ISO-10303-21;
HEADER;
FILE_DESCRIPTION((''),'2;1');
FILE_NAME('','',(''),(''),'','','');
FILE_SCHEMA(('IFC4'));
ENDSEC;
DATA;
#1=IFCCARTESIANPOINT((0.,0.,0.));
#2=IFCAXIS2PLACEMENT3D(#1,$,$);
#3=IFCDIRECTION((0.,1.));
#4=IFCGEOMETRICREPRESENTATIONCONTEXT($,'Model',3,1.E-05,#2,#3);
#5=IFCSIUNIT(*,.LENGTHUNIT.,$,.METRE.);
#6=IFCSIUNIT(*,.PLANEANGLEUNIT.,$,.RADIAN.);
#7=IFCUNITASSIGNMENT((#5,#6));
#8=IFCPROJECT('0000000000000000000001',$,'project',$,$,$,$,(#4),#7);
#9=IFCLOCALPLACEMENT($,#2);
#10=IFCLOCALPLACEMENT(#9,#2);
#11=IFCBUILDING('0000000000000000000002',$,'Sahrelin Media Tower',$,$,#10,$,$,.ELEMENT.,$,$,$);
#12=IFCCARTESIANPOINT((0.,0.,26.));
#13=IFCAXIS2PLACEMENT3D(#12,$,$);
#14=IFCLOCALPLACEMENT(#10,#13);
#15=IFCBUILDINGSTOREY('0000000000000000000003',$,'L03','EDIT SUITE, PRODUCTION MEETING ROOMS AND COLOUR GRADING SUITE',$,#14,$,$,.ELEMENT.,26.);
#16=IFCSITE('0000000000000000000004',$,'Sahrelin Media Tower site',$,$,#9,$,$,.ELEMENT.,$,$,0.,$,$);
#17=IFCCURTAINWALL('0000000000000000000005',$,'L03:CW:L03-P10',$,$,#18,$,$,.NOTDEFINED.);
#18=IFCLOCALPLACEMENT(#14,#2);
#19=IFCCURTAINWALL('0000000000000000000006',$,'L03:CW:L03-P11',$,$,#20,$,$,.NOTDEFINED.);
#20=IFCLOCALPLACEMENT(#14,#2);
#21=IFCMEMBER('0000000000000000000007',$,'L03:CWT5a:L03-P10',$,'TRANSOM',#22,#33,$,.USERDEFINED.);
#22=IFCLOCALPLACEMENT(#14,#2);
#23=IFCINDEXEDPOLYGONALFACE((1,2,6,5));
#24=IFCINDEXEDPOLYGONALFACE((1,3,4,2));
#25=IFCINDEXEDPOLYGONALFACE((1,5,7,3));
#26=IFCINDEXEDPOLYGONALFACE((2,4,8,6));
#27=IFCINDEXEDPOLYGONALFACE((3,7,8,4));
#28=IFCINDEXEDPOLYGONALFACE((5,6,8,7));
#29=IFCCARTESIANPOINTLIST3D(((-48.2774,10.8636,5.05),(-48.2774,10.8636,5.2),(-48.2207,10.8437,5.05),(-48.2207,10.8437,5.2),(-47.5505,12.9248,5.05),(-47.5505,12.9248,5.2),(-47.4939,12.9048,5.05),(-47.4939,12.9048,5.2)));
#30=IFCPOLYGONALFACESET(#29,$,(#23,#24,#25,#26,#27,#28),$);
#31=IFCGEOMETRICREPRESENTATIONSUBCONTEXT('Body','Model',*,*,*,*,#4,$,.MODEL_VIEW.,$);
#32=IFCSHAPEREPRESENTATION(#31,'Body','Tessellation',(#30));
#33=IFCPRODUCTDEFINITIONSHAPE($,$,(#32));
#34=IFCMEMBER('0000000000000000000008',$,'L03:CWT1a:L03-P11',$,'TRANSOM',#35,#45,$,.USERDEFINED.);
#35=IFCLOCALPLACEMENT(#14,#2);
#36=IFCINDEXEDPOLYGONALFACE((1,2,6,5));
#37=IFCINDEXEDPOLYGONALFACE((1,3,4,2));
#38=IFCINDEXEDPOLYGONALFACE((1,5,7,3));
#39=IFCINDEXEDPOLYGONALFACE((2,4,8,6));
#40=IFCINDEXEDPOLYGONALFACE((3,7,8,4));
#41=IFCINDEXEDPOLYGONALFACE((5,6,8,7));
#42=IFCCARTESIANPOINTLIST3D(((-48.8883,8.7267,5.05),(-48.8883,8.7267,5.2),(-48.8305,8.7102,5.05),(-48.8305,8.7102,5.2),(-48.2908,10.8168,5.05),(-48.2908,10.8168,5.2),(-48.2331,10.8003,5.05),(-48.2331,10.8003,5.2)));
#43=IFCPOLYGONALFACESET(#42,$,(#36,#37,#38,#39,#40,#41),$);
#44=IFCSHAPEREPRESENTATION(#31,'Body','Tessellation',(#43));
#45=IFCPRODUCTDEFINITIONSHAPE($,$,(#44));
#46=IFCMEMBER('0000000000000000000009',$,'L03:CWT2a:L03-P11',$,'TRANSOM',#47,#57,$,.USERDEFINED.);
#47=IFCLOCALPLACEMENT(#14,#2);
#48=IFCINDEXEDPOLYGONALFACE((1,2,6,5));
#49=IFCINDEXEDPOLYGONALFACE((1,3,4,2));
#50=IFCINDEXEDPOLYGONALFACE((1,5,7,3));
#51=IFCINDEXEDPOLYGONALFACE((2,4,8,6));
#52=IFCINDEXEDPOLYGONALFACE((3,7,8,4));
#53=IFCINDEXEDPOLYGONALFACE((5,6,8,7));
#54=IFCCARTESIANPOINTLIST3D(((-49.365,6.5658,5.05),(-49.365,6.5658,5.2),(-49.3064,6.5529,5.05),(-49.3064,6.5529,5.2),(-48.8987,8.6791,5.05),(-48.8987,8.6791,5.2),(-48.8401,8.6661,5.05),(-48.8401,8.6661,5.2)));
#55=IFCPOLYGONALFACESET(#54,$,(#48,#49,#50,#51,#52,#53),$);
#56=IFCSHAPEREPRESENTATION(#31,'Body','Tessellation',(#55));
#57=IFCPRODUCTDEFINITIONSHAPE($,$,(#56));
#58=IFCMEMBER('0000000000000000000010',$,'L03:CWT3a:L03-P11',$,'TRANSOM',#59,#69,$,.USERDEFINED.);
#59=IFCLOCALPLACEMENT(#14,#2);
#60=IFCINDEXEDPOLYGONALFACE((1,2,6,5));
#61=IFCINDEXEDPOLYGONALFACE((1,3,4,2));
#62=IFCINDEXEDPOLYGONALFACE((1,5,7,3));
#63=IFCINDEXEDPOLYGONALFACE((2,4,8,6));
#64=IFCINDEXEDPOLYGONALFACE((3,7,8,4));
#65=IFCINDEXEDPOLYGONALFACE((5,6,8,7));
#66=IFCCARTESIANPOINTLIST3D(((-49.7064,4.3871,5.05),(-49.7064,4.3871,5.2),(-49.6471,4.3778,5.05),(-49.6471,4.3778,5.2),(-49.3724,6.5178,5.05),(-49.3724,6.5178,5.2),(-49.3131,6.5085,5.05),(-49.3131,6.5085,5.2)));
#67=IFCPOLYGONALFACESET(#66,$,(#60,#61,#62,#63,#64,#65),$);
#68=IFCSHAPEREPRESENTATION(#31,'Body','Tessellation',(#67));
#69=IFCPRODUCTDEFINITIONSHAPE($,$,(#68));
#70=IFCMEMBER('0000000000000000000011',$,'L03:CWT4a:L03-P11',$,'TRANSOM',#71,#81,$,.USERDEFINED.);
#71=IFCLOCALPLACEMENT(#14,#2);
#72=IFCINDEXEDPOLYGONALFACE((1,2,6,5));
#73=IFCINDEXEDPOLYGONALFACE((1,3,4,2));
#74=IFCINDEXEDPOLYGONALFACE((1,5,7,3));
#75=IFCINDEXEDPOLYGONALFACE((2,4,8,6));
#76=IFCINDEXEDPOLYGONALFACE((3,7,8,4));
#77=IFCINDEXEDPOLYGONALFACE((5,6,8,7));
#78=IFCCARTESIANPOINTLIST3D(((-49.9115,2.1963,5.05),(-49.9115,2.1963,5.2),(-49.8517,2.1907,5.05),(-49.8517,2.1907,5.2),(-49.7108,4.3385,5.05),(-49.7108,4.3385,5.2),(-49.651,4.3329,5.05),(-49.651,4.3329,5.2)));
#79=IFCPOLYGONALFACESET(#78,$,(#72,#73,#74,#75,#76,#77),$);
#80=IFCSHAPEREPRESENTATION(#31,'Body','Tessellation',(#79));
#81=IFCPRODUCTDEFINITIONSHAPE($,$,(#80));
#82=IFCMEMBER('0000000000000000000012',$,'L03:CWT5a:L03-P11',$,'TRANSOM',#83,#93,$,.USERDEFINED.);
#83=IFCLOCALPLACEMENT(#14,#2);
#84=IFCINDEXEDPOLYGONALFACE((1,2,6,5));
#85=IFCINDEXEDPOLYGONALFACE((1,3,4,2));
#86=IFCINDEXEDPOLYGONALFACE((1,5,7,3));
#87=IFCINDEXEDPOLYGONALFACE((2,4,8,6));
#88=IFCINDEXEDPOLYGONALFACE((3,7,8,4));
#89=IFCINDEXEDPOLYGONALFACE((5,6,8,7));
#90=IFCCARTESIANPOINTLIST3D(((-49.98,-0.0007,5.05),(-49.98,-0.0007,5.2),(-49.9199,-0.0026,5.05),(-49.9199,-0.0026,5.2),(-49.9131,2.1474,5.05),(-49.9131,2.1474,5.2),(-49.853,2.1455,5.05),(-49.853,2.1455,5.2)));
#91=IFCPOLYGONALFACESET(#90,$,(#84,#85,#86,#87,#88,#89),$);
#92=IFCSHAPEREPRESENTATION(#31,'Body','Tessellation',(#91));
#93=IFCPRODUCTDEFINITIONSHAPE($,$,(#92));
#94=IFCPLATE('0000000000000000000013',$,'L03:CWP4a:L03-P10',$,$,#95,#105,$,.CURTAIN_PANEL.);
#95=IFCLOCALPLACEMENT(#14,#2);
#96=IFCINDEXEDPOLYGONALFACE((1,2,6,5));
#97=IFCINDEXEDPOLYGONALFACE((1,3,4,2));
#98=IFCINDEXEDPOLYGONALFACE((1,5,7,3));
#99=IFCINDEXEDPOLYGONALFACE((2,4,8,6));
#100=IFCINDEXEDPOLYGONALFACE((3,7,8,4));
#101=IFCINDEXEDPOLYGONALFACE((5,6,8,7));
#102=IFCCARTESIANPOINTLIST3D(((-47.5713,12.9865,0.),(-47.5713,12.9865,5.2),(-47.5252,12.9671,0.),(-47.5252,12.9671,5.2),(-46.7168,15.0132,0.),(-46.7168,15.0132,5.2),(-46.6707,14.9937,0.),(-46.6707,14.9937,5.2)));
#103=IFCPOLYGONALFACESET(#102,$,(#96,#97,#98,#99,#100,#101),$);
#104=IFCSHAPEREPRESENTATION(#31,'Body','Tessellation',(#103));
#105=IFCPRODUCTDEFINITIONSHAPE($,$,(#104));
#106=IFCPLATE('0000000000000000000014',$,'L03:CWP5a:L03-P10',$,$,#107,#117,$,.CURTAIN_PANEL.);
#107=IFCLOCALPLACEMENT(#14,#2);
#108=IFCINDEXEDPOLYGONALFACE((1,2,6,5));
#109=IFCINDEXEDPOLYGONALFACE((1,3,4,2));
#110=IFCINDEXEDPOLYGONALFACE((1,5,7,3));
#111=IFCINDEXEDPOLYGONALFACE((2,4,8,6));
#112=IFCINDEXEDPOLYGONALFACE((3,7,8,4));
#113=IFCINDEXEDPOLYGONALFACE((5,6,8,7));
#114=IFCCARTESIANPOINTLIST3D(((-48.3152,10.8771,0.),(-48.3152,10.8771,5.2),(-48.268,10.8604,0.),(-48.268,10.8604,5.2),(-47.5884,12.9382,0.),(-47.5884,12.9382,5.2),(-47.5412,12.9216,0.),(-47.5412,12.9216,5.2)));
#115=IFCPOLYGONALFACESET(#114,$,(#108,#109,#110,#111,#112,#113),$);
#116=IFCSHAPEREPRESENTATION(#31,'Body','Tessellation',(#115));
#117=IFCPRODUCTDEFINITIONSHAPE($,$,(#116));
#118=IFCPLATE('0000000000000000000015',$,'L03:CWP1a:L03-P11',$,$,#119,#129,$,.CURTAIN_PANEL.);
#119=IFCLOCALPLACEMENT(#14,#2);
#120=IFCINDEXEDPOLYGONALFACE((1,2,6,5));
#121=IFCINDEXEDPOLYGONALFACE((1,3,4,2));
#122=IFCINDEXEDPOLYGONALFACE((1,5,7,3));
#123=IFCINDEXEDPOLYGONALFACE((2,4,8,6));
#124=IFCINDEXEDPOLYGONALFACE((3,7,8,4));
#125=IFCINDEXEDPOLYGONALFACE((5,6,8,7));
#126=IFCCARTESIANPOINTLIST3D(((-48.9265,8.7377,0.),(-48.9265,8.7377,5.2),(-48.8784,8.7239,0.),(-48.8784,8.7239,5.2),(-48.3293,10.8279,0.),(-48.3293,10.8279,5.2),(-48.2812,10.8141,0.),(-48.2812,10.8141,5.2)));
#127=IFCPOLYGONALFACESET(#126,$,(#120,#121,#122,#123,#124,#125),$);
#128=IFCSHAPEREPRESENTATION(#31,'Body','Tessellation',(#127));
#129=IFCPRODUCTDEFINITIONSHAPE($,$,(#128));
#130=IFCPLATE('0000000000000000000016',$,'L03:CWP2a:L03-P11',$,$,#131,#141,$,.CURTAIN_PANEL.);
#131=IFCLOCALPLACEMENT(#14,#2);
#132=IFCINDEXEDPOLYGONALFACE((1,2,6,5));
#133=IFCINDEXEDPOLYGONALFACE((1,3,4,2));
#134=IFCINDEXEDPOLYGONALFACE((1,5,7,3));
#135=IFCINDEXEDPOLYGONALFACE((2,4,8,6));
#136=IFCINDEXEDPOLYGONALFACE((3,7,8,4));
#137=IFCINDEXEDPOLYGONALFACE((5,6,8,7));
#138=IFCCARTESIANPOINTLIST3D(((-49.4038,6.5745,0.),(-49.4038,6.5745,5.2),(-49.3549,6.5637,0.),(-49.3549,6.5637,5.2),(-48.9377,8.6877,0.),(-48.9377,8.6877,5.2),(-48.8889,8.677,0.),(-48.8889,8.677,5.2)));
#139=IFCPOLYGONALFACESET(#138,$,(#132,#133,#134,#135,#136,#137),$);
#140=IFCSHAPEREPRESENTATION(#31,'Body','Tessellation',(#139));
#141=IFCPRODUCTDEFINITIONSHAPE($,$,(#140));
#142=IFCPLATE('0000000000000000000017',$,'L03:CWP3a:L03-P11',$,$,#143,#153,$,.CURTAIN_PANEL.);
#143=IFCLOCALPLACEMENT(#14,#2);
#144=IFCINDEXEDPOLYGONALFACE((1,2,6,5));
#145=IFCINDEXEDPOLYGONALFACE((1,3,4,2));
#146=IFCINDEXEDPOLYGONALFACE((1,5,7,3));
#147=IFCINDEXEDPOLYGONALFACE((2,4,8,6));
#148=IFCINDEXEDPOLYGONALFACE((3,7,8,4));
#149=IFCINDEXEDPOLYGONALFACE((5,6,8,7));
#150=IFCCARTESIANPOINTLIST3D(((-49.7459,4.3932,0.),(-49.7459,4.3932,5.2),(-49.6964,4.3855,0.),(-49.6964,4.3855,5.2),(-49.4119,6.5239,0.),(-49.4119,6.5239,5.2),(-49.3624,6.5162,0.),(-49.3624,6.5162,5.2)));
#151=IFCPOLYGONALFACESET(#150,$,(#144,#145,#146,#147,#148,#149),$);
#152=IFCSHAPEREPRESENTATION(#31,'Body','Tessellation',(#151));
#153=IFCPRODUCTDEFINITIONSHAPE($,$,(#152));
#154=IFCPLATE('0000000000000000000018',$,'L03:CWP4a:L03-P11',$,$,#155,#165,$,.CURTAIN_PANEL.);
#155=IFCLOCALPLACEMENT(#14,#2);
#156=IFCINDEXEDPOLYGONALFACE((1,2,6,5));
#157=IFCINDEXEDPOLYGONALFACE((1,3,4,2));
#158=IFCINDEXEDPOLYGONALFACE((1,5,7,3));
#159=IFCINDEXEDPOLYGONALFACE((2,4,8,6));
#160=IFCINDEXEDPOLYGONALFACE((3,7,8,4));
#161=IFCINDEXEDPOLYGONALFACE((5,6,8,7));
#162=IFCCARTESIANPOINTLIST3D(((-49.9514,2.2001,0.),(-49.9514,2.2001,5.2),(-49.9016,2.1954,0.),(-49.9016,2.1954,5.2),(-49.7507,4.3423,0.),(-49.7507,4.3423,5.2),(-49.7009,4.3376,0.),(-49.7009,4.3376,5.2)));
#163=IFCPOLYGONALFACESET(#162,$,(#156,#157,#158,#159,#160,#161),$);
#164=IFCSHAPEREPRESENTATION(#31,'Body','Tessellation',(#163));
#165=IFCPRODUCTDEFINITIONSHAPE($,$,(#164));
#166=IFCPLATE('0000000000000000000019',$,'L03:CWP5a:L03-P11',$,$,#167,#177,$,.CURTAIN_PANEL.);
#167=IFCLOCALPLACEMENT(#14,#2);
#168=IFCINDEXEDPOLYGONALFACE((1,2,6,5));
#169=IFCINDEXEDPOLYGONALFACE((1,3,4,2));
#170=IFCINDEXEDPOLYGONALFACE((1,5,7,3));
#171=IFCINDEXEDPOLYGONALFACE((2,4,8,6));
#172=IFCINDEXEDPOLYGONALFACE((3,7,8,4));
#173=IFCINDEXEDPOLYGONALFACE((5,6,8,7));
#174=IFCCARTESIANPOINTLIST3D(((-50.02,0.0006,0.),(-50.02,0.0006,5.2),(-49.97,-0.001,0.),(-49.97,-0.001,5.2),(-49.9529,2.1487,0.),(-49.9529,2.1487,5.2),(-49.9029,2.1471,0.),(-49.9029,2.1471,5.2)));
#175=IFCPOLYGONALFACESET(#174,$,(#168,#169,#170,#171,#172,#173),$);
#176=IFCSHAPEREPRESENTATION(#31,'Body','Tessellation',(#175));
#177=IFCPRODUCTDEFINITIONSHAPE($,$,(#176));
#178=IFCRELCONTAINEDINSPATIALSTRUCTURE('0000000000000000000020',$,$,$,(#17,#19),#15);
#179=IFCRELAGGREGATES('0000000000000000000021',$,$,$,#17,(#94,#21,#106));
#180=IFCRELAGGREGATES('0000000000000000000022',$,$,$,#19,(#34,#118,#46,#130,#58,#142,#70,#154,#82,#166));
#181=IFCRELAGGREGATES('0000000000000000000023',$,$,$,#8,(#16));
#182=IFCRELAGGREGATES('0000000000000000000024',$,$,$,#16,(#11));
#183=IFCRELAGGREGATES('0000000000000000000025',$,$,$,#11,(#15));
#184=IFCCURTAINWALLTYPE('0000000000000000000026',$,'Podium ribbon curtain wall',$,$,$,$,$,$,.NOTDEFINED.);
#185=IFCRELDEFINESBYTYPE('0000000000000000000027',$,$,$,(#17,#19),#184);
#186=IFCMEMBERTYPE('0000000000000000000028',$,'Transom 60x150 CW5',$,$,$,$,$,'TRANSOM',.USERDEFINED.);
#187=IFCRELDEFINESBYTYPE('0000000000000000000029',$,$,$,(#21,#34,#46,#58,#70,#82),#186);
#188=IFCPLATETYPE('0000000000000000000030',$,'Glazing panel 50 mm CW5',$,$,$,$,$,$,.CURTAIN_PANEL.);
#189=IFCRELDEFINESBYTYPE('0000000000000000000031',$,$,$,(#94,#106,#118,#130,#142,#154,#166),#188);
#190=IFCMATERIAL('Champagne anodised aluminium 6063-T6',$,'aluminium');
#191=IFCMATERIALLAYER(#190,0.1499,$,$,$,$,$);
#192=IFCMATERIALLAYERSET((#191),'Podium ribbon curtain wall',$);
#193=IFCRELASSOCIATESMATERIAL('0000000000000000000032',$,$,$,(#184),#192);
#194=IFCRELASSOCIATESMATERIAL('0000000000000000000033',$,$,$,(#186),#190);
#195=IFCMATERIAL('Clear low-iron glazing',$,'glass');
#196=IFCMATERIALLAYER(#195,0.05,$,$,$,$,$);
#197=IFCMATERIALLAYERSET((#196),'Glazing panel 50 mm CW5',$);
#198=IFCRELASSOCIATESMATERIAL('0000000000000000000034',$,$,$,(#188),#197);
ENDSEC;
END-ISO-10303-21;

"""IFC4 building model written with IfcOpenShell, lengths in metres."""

from ifc_helpers import new_model, si_unit, direction, frame, origin, origin_2d, place, context, subcontext, project, spatial, polyline, rectangle, outline, extrude, material, layer, layer_set, material_profile, profile_set, type_object, element, aggregate, save


model = new_model("IFC4")

# Units and contexts
model_context = context("Model", 3, precision=1e-05, world=origin(), true_north=direction((0.0, 1.0)))
body_context = subcontext(model_context, "Body", "Model", "MODEL_VIEW")
ifc_project = project(units=[si_unit("LENGTHUNIT", "METRE"), si_unit("PLANEANGLEUNIT", "RADIAN")], contexts=[model_context])

# Site, building, storey
site_placement = place(None, origin())
site = spatial("IfcSite", under=ifc_project, at=site_placement, Name="Sahrelin Media Tower site", CompositionType="ELEMENT", RefElevation=0.0)
building_placement = place(site_placement, origin())
building = spatial("IfcBuilding", under=site, at=building_placement, Name="Sahrelin Media Tower", CompositionType="ELEMENT")
storey_placement = place(building_placement, frame((0.0, 0.0, 26.0)))
storey = spatial("IfcBuildingStorey", under=building, at=storey_placement, Name="L03", Description="EDIT SUITE, PRODUCTION MEETING ROOMS AND COLOUR GRADING SUITE", CompositionType="ELEMENT", Elevation=26.0)

# Curtain walls
ifc_material_1 = material(Name="Champagne anodised aluminium 6063-T6", Category="aluminium")
ifc_layer_1 = layer(ifc_material_1, 0.1499)
ifc_layer_set_1 = layer_set([ifc_layer_1], Name="Podium ribbon curtain wall")
curtain_wall_type = type_object("IfcCurtainWallType", Name="Podium ribbon curtain wall", PredefinedType="NOTDEFINED", material=ifc_layer_set_1)
curtain_wall_1_placement = place(storey_placement, frame((-43.3013, 21.0, 0.0), z_axis=(0.0, 0.0, 1.0), x_axis=(1.0, 0.0, 0.0)))
curtain_wall_1 = element("IfcCurtainWall", 1, at=curtain_wall_1_placement, inside=storey, type_object=curtain_wall_type, Name="L03:CW:L03-P10", PredefinedType="NOTDEFINED")
curtain_wall_2_placement = place(storey_placement, frame((-48.2964, 10.8704, 0.0), z_axis=(0.0, 0.0, 1.0), x_axis=(1.0, 0.0, 0.0)))
curtain_wall_2 = element("IfcCurtainWall", 2, at=curtain_wall_2_placement, inside=storey, type_object=curtain_wall_type, Name="L03:CW:L03-P11", PredefinedType="NOTDEFINED")

# Members
ifc_material_profile_1 = material_profile(ifc_material_1, rectangle(XDim=0.0601, YDim=0.1499, at=origin_2d()), Name="Transom 60x150")
ifc_profile_set_1 = profile_set([ifc_material_profile_1], Name="Champagne anodised aluminium 6063-T6")
member_type_1 = type_object("IfcMemberType", Name="Transom 60x150 CW5", ElementType="TRANSOM", PredefinedType="USERDEFINED", material=ifc_profile_set_1)
member_1_placement = place(storey_placement, frame((-47.5222, 12.9148, 5.125), z_axis=(-0.332569, -0.943079, 0.0), x_axis=(0.943079, -0.332569, 0.0)))
member_1 = element("IfcMember", 3, at=member_1_placement, type_object=member_type_1, Name="L03:CWT5a:L03-P10", ObjectType="TRANSOM", PredefinedType="USERDEFINED", context=body_context, shape_type="SweptSolid", body=[
    extrude(rectangle(XDim=0.0601, YDim=0.1499, at=origin_2d()), origin(), (0.0, 0.0, 1.0), 2.1855),
])
member_2_placement = place(storey_placement, frame((-48.262, 10.8086, 5.125), z_axis=(-0.274825, -0.961494, 0.0), x_axis=(0.961494, -0.274825, 0.0)))
member_2 = element("IfcMember", 4, at=member_2_placement, type_object=member_type_1, Name="L03:CWT1a:L03-P11", ObjectType="TRANSOM", PredefinedType="USERDEFINED", context=body_context, shape_type="SweptSolid", body=[
    extrude(rectangle(XDim=0.0601, YDim=0.1499, at=origin_2d()), origin(), (0.0, 0.0, 1.0), 2.1738),
])
member_3_placement = place(storey_placement, frame((-48.8694, 8.6726, 5.125), z_axis=(-0.215473, -0.97651, 0.0), x_axis=(0.97651, -0.215473, 0.0)))
member_3 = element("IfcMember", 5, at=member_3_placement, type_object=member_type_1, Name="L03:CWT2a:L03-P11", ObjectType="TRANSOM", PredefinedType="USERDEFINED", context=body_context, shape_type="SweptSolid", body=[
    extrude(rectangle(XDim=0.0601, YDim=0.1499, at=origin_2d()), origin(), (0.0, 0.0, 1.0), 2.1641),
])
member_4_placement = place(storey_placement, frame((-49.3428, 6.5132, 5.125), z_axis=(-0.154864, -0.987936, 0.0), x_axis=(0.987936, -0.154864, 0.0)))
member_4 = element("IfcMember", 6, at=member_4_placement, type_object=member_type_1, Name="L03:CWT3a:L03-P11", ObjectType="TRANSOM", PredefinedType="USERDEFINED", context=body_context, shape_type="SweptSolid", body=[
    extrude(rectangle(XDim=0.0601, YDim=0.1499, at=origin_2d()), origin(), (0.0, 0.0, 1.0), 2.1567),
])
member_5_placement = place(storey_placement, frame((-49.6809, 4.3357, 5.125), z_axis=(-0.093267, -0.995641, 0.0), x_axis=(0.995641, -0.093267, 0.0)))
member_5 = element("IfcMember", 7, at=member_5_placement, type_object=member_type_1, Name="L03:CWT4a:L03-P11", ObjectType="TRANSOM", PredefinedType="USERDEFINED", context=body_context, shape_type="SweptSolid", body=[
    extrude(rectangle(XDim=0.0601, YDim=0.1499, at=origin_2d()), origin(), (0.0, 0.0, 1.0), 2.1516),
])
member_6_placement = place(storey_placement, frame((-49.8831, 2.1465, 5.125), z_axis=(-0.031125, -0.999516, 0.0), x_axis=(0.999516, -0.031125, 0.0)))
member_6 = element("IfcMember", 8, at=member_6_placement, type_object=member_type_1, Name="L03:CWT5a:L03-P11", ObjectType="TRANSOM", PredefinedType="USERDEFINED", context=body_context, shape_type="SweptSolid", body=[
    extrude(rectangle(XDim=0.0601, YDim=0.1499, at=origin_2d()), origin(), (0.0, 0.0, 1.0), 2.1492),
])

# Plates
ifc_material_2 = material(Name="Clear low-iron glazing", Category="glass")
ifc_layer_2 = layer(ifc_material_2, 0.05)
ifc_layer_set_2 = layer_set([ifc_layer_2], Name="Glazing panel 50 mm CW5")
plate_type = type_object("IfcPlateType", Name="Glazing panel 50 mm CW5", PredefinedType="CURTAIN_PANEL", material=ifc_layer_set_2)
plate_1_placement = place(storey_placement, frame((-46.7168, 15.0132, 0.0), z_axis=(-0.921443, 0.388514, 0.0), x_axis=(-0.388514, -0.921443, 0.0)))
plate_1 = element("IfcPlate", 9, at=plate_1_placement, type_object=plate_type, Name="L03:CWP4a:L03-P10", PredefinedType="CURTAIN_PANEL", context=body_context, shape_type="SweptSolid", body=[
    extrude(outline(polyline([(0.0, 0.0), (2.1995, 0.0), (2.1995, 5.2), (0.0, 5.2), (0.0, 0.0)])), origin(), (0.0, 0.0, -1.0), 0.05),
])
plate_2_placement = place(storey_placement, frame((-47.5884, 12.9382, 0.0), z_axis=(-0.943079, 0.332569, 0.0), x_axis=(-0.332569, -0.943079, 0.0)))
plate_2 = element("IfcPlate", 10, at=plate_2_placement, type_object=plate_type, Name="L03:CWP5a:L03-P10", PredefinedType="CURTAIN_PANEL", context=body_context, shape_type="SweptSolid", body=[
    extrude(outline(polyline([(0.0, 0.0), (2.1855, 0.0), (2.1855, 5.2), (0.0, 5.2), (0.0, 0.0)])), origin(), (0.0, 0.0, -1.0), 0.05),
])
aggregate(curtain_wall_1, [plate_1, member_1, plate_2])
plate_3_placement = place(storey_placement, frame((-48.3293, 10.8279, 0.0), z_axis=(-0.961524, 0.274721, 0.0), x_axis=(-0.274721, -0.961524, 0.0)))
plate_3 = element("IfcPlate", 11, at=plate_3_placement, type_object=plate_type, Name="L03:CWP1a:L03-P11", PredefinedType="CURTAIN_PANEL", context=body_context, shape_type="SweptSolid", body=[
    extrude(outline(polyline([(0.0, 0.0), (2.1738, 0.0), (2.1738, 5.2), (0.0, 5.2), (0.0, 0.0)])), origin(), (0.0, 0.0, -1.0), 0.05),
])
plate_4_placement = place(storey_placement, frame((-48.9377, 8.6877, 0.0), z_axis=(-0.976534, 0.215365, 0.0), x_axis=(-0.215365, -0.976534, 0.0)))
plate_4 = element("IfcPlate", 12, at=plate_4_placement, type_object=plate_type, Name="L03:CWP2a:L03-P11", PredefinedType="CURTAIN_PANEL", context=body_context, shape_type="SweptSolid", body=[
    extrude(outline(polyline([(0.0, 0.0), (2.1641, 0.0), (2.1641, 5.2), (0.0, 5.2), (0.0, 0.0)])), origin(), (0.0, 0.0, -1.0), 0.05),
])
plate_5_placement = place(storey_placement, frame((-49.4119, 6.5239, 0.0), z_axis=(-0.987936, 0.154864, 0.0), x_axis=(-0.154864, -0.987936, 0.0)))
plate_5 = element("IfcPlate", 13, at=plate_5_placement, type_object=plate_type, Name="L03:CWP3a:L03-P11", PredefinedType="CURTAIN_PANEL", context=body_context, shape_type="SweptSolid", body=[
    extrude(outline(polyline([(0.0, 0.0), (2.1567, 0.0), (2.1567, 5.2), (0.0, 5.2), (0.0, 0.0)])), origin(), (0.0, 0.0, -1.0), 0.05),
])
plate_6_placement = place(storey_placement, frame((-49.7507, 4.3423, 0.0), z_axis=(-0.995641, 0.093267, 0.0), x_axis=(-0.093267, -0.995641, 0.0)))
plate_6 = element("IfcPlate", 14, at=plate_6_placement, type_object=plate_type, Name="L03:CWP4a:L03-P11", PredefinedType="CURTAIN_PANEL", context=body_context, shape_type="SweptSolid", body=[
    extrude(outline(polyline([(0.0, 0.0), (2.1516, 0.0), (2.1516, 5.2), (0.0, 5.2), (0.0, 0.0)])), origin(), (0.0, 0.0, -1.0), 0.05),
])
plate_7_placement = place(storey_placement, frame((-49.9529, 2.1487, 0.0), z_axis=(-0.999512, 0.031238, 0.0), x_axis=(-0.031238, -0.999512, 0.0)))
plate_7 = element("IfcPlate", 15, at=plate_7_placement, type_object=plate_type, Name="L03:CWP5a:L03-P11", PredefinedType="CURTAIN_PANEL", context=body_context, shape_type="SweptSolid", body=[
    extrude(outline(polyline([(0.0, 0.0), (2.1492, 0.0), (2.1492, 5.2), (0.0, 5.2), (0.0, 0.0)])), origin(), (0.0, 0.0, -1.0), 0.05),
])
aggregate(curtain_wall_2, [member_2, plate_3, member_3, plate_4, member_4, plate_5, member_5, plate_6, member_6, plate_7])

save(model, "model.ifc")
